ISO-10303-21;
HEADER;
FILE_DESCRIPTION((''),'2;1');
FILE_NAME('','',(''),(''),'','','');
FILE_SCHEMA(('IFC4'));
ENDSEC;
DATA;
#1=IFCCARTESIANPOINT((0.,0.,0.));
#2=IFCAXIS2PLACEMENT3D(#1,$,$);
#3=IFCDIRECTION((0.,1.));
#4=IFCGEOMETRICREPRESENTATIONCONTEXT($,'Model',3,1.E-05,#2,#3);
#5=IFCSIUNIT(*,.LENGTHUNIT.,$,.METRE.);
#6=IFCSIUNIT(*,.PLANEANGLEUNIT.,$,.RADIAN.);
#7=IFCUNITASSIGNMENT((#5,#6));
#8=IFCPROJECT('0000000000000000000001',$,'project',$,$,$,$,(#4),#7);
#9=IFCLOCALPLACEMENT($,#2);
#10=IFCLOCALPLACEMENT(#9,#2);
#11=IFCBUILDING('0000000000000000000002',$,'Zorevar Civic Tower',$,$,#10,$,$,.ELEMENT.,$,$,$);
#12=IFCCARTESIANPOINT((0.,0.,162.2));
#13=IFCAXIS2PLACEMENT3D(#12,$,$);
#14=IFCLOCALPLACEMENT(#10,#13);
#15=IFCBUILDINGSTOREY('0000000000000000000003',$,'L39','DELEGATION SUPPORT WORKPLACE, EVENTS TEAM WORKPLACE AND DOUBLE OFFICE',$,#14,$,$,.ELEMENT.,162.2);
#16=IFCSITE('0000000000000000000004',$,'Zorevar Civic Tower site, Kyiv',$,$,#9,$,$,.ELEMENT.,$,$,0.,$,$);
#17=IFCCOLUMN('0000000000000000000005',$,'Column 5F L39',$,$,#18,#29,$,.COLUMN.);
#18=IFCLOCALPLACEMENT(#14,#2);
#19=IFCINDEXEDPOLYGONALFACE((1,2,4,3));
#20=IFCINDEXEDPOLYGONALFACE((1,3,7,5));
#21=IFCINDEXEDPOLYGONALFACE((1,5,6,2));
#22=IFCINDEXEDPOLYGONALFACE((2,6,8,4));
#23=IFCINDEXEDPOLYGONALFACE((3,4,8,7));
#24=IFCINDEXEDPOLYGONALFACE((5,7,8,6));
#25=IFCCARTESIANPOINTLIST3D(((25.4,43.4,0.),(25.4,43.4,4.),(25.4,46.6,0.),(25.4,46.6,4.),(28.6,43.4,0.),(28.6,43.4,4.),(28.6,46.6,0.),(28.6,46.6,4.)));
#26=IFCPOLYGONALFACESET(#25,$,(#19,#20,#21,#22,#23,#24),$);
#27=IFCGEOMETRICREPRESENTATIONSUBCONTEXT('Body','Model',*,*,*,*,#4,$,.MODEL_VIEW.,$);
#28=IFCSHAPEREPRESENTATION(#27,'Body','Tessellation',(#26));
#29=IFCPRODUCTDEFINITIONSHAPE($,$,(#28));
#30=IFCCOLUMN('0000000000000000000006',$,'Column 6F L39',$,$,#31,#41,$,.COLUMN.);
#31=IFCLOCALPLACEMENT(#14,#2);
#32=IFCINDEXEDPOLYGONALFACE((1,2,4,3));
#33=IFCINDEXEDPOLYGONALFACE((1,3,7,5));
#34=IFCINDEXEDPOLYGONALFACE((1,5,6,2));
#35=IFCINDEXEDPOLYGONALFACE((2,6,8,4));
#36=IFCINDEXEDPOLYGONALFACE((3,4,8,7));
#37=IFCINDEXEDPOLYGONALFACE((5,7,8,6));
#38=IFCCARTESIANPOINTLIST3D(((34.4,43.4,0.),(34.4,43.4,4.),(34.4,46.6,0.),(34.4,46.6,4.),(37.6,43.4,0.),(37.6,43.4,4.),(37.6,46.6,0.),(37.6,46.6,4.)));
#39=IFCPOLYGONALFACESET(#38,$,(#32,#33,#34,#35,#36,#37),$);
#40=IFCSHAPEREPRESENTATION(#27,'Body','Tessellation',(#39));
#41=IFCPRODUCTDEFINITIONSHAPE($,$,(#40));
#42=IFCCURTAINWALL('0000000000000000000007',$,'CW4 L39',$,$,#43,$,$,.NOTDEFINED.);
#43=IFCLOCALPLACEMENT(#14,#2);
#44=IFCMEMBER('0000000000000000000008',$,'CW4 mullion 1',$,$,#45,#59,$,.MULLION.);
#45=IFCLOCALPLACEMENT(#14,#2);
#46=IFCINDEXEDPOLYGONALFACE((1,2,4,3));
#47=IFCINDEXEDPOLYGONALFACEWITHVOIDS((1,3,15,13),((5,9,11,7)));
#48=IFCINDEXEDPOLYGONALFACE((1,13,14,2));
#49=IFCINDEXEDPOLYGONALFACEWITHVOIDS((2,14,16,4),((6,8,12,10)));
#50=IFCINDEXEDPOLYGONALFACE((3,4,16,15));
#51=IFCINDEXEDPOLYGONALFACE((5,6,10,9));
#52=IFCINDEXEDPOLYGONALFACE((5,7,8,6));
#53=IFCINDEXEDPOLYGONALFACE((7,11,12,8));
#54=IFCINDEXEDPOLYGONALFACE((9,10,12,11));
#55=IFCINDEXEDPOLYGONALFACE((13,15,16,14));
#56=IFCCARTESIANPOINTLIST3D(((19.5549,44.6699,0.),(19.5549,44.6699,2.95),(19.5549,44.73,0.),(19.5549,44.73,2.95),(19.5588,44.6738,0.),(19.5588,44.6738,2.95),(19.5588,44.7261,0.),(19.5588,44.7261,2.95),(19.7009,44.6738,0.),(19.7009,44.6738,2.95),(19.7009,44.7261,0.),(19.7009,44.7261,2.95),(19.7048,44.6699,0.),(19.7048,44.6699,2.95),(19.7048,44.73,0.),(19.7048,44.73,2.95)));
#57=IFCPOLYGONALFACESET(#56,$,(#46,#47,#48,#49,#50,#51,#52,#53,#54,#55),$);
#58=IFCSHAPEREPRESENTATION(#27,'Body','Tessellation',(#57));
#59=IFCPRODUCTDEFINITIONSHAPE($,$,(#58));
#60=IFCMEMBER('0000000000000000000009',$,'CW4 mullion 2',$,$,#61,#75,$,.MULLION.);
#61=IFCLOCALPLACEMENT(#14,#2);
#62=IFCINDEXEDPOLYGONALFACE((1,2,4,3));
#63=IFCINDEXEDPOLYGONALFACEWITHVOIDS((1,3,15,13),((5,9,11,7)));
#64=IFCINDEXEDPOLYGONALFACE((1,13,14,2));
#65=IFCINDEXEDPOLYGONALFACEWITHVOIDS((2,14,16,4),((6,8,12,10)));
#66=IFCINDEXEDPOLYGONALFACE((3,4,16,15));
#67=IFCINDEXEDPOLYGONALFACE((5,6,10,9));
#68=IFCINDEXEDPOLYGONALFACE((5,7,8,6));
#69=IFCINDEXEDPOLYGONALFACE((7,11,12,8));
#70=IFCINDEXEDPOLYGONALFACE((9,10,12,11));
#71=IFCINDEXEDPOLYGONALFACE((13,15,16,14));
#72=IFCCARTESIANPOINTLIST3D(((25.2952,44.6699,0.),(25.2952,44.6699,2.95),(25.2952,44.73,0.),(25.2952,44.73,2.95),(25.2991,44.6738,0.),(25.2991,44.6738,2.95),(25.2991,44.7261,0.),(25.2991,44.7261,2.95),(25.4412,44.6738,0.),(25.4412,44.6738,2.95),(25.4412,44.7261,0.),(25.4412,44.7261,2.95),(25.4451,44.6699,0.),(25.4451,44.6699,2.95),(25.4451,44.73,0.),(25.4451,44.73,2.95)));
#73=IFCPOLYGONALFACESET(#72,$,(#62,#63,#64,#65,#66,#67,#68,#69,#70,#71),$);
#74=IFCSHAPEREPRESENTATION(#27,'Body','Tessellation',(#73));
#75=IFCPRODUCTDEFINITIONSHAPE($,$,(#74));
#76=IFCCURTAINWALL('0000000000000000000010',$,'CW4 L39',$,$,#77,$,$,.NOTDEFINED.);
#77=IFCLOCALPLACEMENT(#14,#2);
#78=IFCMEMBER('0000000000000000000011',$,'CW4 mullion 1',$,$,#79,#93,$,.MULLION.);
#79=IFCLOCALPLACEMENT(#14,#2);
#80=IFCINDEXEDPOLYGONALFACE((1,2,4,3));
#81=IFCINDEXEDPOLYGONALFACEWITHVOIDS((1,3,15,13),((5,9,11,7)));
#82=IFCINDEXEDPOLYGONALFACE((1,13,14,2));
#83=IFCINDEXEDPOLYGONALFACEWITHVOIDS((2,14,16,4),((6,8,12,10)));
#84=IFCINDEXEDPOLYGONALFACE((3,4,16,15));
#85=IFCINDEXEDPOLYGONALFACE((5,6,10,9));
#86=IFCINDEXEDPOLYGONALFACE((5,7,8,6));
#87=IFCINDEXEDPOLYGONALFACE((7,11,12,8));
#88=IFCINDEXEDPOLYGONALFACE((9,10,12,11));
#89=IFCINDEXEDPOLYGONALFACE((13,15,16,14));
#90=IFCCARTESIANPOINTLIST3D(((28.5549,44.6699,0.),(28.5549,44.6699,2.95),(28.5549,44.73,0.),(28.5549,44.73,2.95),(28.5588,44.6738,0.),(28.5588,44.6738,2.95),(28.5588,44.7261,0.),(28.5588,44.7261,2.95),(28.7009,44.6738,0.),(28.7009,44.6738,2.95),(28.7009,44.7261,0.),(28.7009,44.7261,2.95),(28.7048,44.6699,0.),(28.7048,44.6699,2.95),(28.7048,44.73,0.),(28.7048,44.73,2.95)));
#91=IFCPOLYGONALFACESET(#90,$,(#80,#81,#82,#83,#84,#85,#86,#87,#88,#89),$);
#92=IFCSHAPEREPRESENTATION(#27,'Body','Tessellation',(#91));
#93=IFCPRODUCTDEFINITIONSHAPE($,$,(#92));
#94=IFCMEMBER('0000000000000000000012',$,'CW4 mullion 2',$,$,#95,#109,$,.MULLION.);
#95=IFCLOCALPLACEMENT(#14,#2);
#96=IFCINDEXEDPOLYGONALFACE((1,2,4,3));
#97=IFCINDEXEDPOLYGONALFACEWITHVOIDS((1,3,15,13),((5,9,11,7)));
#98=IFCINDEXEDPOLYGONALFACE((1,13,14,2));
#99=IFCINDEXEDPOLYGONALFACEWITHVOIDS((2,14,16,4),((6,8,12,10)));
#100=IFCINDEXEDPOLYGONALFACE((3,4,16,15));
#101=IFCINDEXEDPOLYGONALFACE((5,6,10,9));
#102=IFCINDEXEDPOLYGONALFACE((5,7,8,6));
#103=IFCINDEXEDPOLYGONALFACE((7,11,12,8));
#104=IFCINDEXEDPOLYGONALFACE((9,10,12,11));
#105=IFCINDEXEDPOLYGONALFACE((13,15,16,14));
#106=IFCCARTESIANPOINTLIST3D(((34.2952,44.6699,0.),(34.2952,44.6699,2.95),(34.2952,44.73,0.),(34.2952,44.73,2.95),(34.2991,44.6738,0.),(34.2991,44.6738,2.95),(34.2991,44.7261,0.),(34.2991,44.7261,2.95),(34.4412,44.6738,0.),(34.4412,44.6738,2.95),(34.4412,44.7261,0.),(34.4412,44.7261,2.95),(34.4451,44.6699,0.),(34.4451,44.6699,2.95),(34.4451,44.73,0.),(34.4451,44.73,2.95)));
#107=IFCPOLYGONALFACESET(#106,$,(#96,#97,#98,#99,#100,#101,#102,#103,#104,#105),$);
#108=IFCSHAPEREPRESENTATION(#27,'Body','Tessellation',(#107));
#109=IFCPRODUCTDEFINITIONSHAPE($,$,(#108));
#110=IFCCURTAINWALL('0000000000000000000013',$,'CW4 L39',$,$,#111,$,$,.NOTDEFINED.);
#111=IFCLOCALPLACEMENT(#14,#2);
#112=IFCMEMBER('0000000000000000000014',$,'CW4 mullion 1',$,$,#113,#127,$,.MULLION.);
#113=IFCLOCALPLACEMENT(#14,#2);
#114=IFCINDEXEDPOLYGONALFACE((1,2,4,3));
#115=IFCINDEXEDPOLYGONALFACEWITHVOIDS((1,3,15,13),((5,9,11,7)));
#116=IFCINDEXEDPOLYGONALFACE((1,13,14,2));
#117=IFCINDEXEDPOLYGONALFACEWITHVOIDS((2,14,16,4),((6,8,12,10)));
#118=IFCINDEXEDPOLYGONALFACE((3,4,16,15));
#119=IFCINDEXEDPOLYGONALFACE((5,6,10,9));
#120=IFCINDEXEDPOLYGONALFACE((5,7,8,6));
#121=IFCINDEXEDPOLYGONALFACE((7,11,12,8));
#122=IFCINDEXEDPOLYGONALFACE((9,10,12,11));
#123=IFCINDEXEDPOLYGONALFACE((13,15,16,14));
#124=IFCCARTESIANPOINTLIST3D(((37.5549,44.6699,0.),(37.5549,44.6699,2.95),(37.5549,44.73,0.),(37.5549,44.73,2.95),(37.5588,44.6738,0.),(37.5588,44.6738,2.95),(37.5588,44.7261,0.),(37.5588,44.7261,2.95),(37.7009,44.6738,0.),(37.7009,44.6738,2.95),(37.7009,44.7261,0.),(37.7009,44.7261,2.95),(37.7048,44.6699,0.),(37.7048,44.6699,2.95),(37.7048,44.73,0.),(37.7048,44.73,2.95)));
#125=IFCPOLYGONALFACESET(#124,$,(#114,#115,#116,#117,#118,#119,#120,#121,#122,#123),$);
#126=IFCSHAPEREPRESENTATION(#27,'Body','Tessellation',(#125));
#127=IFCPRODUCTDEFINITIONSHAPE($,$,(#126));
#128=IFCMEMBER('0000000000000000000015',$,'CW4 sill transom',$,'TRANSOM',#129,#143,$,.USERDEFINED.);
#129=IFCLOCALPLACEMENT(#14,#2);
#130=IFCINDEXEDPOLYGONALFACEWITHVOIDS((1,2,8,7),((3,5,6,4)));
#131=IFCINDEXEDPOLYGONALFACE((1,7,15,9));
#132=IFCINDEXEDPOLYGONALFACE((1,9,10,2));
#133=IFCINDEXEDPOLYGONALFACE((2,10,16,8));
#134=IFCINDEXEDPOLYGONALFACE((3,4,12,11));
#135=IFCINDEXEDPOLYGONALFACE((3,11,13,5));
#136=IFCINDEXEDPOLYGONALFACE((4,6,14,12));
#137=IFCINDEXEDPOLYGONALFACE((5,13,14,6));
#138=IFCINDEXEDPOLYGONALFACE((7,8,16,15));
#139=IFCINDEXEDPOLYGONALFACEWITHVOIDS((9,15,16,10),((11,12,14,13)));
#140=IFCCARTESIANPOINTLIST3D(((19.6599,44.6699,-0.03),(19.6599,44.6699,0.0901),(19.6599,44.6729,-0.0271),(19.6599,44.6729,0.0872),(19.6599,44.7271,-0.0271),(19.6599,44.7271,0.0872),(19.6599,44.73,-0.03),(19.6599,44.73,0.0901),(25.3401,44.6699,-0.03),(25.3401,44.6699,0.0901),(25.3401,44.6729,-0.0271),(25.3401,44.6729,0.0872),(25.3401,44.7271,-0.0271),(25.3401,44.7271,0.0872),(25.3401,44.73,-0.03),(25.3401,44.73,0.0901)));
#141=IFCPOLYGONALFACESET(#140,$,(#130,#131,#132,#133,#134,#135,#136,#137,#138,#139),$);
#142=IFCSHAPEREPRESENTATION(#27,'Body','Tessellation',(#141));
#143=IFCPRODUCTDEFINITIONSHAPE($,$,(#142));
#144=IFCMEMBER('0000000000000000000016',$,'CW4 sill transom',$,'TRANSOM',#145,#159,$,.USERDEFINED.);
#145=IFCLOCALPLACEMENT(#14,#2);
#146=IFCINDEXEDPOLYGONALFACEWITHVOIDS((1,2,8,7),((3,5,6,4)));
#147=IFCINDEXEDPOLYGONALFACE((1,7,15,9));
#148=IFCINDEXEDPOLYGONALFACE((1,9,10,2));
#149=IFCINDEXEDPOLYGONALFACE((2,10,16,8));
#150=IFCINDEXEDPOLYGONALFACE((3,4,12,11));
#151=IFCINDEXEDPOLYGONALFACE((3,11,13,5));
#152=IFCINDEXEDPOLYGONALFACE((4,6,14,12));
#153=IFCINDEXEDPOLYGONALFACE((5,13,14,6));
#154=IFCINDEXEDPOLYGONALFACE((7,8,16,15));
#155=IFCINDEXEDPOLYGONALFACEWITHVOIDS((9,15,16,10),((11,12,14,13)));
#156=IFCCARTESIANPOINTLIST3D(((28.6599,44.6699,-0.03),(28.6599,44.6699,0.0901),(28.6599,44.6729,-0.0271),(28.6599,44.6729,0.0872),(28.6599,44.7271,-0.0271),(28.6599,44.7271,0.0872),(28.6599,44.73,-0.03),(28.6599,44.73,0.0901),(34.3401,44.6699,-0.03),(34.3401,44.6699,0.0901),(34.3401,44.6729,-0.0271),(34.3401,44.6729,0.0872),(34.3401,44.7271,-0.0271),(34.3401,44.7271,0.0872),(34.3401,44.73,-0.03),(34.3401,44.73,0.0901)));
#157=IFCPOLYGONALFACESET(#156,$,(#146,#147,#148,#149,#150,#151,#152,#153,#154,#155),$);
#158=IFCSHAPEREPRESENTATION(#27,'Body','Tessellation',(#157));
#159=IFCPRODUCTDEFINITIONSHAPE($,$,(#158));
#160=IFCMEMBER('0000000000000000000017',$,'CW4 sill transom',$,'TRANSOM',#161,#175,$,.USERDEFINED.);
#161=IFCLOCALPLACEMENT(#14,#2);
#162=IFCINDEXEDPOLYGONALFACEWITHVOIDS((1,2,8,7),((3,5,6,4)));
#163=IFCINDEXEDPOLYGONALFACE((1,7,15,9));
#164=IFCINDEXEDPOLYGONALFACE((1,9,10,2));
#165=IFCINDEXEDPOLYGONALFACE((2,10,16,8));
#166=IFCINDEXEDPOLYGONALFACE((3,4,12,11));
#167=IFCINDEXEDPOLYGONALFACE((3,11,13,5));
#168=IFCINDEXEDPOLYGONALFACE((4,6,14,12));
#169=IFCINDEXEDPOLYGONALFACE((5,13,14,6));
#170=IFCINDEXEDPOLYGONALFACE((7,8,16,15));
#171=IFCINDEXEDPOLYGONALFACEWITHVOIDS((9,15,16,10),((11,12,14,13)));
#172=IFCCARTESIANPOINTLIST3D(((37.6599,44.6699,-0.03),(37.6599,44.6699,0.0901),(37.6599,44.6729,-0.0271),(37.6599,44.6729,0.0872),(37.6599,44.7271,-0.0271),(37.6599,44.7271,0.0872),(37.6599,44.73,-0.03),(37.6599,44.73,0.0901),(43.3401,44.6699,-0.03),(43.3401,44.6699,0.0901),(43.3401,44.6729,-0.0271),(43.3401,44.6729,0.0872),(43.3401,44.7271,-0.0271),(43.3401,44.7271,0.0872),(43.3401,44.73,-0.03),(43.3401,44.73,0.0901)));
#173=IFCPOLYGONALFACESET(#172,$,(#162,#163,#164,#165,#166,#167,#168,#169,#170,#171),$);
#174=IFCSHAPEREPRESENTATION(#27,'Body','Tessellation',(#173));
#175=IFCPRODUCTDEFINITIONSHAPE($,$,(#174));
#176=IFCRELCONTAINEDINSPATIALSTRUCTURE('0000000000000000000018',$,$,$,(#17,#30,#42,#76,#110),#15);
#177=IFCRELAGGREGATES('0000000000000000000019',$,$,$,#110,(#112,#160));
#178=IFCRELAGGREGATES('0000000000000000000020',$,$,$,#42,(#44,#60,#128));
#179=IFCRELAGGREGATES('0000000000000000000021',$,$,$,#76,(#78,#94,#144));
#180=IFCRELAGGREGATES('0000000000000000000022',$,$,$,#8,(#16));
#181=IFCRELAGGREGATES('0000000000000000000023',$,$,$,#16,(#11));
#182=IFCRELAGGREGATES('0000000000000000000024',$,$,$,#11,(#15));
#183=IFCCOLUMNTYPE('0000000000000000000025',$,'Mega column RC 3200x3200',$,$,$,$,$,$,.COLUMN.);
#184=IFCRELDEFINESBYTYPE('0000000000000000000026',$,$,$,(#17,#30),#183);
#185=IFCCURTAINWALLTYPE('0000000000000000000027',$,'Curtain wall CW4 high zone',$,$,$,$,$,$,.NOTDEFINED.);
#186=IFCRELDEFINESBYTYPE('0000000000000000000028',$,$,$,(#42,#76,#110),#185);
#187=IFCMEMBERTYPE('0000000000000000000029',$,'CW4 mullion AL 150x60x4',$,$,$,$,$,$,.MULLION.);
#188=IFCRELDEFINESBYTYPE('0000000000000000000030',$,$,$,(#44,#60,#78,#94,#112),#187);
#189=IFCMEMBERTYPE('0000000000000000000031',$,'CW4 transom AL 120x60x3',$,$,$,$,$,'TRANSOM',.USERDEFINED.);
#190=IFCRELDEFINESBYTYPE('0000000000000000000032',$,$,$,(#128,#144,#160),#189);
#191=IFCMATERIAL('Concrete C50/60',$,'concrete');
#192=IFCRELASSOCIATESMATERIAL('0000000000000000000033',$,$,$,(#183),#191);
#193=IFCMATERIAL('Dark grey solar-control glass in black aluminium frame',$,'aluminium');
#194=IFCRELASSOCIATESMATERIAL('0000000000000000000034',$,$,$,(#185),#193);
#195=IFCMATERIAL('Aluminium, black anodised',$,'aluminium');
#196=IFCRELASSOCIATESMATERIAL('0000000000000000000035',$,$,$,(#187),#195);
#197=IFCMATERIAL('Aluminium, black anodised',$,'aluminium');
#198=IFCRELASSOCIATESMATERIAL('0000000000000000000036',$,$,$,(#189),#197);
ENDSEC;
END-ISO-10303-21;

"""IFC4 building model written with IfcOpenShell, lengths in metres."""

from ifc_helpers import new_model, si_unit, direction, frame, origin, origin_2d, place, context, subcontext, project, spatial, rectangle, hollow_rectangle, extrude, material, material_profile, profile_set, type_object, element, aggregate, save


model = new_model("IFC4")

# Units and contexts
model_context = context("Model", 3, precision=1e-05, world=origin(), true_north=direction((0.0, 1.0)))
body_context = subcontext(model_context, "Body", "Model", "MODEL_VIEW")
ifc_project = project(units=[si_unit("LENGTHUNIT", "METRE"), si_unit("PLANEANGLEUNIT", "RADIAN")], contexts=[model_context])

# Site, building, storey
site_placement = place(None, origin())
site = spatial("IfcSite", under=ifc_project, at=site_placement, Name="Zorevar Civic Tower site, Kyiv", CompositionType="ELEMENT", RefElevation=0.0)
building_placement = place(site_placement, origin())
building = spatial("IfcBuilding", under=site, at=building_placement, Name="Zorevar Civic Tower", CompositionType="ELEMENT")
storey_placement = place(building_placement, frame((0.0, 0.0, 162.2)))
storey = spatial("IfcBuildingStorey", under=building, at=storey_placement, Name="L39", Description="DELEGATION SUPPORT WORKPLACE, EVENTS TEAM WORKPLACE AND DOUBLE OFFICE", CompositionType="ELEMENT", Elevation=162.2)

# Columns
ifc_material_1 = material(Name="Concrete C50/60", Category="concrete")
ifc_material_profile_1 = material_profile(ifc_material_1, rectangle(XDim=3.2, YDim=3.2, at=origin_2d()), Name="RC 3200x3200")
ifc_profile_set_1 = profile_set([ifc_material_profile_1], Name="Concrete C50/60")
column_type = type_object("IfcColumnType", Name="Mega column RC 3200x3200", PredefinedType="COLUMN", material=ifc_profile_set_1)
for number, where, z_axis, x_axis, name in (
    (1, (27.0, 45.0, 0.0), (0.0, 0.0, 1.0), (1.0, 0.0, 0.0), "Column 5F L39"),
    (2, (36.0, 45.0, 0.0), (0.0, 0.0, 1.0), (1.0, 0.0, 0.0), "Column 6F L39"),
):
    element("IfcColumn", number, at=place(storey_placement, frame(where, z_axis=z_axis, x_axis=x_axis)), inside=storey, type_object=column_type, Name=name, PredefinedType="COLUMN", context=body_context, shape_type="SweptSolid", body=[
        extrude(rectangle(XDim=3.2, YDim=3.2, at=origin_2d()), origin(), (0.0, 0.0, 1.0), 4.0),
    ])

# Curtain walls, members
ifc_material_2 = material(Name="Dark grey solar-control glass in black aluminium frame", Category="aluminium")
curtain_wall_type = type_object("IfcCurtainWallType", Name="Curtain wall CW4 high zone", PredefinedType="NOTDEFINED", material=ifc_material_2)
curtain_wall_1_placement = place(storey_placement, origin())
curtain_wall_1 = element("IfcCurtainWall", 3, at=curtain_wall_1_placement, inside=storey, type_object=curtain_wall_type, Name="CW4 L39", PredefinedType="NOTDEFINED")
ifc_material_3 = material(Name="Aluminium, black anodised", Category="aluminium")
ifc_material_profile_2 = material_profile(ifc_material_3, hollow_rectangle(XDim=0.0601, YDim=0.1499, WallThickness=0.0039, at=origin_2d()), Name="AL 150x60x4")
ifc_profile_set_2 = profile_set([ifc_material_profile_2], Name="Aluminium, black anodised")
member_type_1 = type_object("IfcMemberType", Name="CW4 mullion AL 150x60x4", PredefinedType="MULLION", material=ifc_profile_set_2)
member_1_placement = place(storey_placement, frame((19.6299, 44.7, 0.0), z_axis=(0.0, 0.0, 1.0), x_axis=(0.0, 1.0, 0.0)))
member_1 = element("IfcMember", 4, at=member_1_placement, type_object=member_type_1, Name="CW4 mullion 1", PredefinedType="MULLION", context=body_context, shape_type="SweptSolid", body=[
    extrude(hollow_rectangle(XDim=0.0601, YDim=0.1499, WallThickness=0.0039, at=origin_2d()), origin(), (0.0, 0.0, 1.0), 2.95),
])
member_2_placement = place(storey_placement, frame((25.3701, 44.7, 0.0), z_axis=(0.0, 0.0, 1.0), x_axis=(0.0, 1.0, 0.0)))
member_2 = element("IfcMember", 5, at=member_2_placement, type_object=member_type_1, Name="CW4 mullion 2", PredefinedType="MULLION", context=body_context, shape_type="SweptSolid", body=[
    extrude(hollow_rectangle(XDim=0.0601, YDim=0.1499, WallThickness=0.0039, at=origin_2d()), origin(), (0.0, 0.0, 1.0), 2.95),
])
curtain_wall_2_placement = place(storey_placement, origin())
curtain_wall_2 = element("IfcCurtainWall", 6, at=curtain_wall_2_placement, inside=storey, type_object=curtain_wall_type, Name="CW4 L39", PredefinedType="NOTDEFINED")
member_3_placement = place(storey_placement, frame((28.6299, 44.7, 0.0), z_axis=(0.0, 0.0, 1.0), x_axis=(0.0, 1.0, 0.0)))
member_3 = element("IfcMember", 7, at=member_3_placement, type_object=member_type_1, Name="CW4 mullion 1", PredefinedType="MULLION", context=body_context, shape_type="SweptSolid", body=[
    extrude(hollow_rectangle(XDim=0.0601, YDim=0.1499, WallThickness=0.0039, at=origin_2d()), origin(), (0.0, 0.0, 1.0), 2.95),
])
member_4_placement = place(storey_placement, frame((34.3701, 44.7, 0.0), z_axis=(0.0, 0.0, 1.0), x_axis=(0.0, 1.0, 0.0)))
member_4 = element("IfcMember", 8, at=member_4_placement, type_object=member_type_1, Name="CW4 mullion 2", PredefinedType="MULLION", context=body_context, shape_type="SweptSolid", body=[
    extrude(hollow_rectangle(XDim=0.0601, YDim=0.1499, WallThickness=0.0039, at=origin_2d()), origin(), (0.0, 0.0, 1.0), 2.95),
])

# Curtain wall, member
curtain_wall_3_placement = place(storey_placement, origin())
curtain_wall_3 = element("IfcCurtainWall", 9, at=curtain_wall_3_placement, inside=storey, type_object=curtain_wall_type, Name="CW4 L39", PredefinedType="NOTDEFINED")
member_5_placement = place(storey_placement, frame((37.6299, 44.7, 0.0), z_axis=(0.0, 0.0, 1.0), x_axis=(0.0, 1.0, 0.0)))
member_5 = element("IfcMember", 10, at=member_5_placement, type_object=member_type_1, Name="CW4 mullion 1", PredefinedType="MULLION", context=body_context, shape_type="SweptSolid", body=[
    extrude(hollow_rectangle(XDim=0.0601, YDim=0.1499, WallThickness=0.0039, at=origin_2d()), origin(), (0.0, 0.0, 1.0), 2.95),
])

# Members
ifc_material_4 = material(Name="Aluminium, black anodised", Category="aluminium")
ifc_material_profile_3 = material_profile(ifc_material_4, hollow_rectangle(XDim=0.0601, YDim=0.1201, WallThickness=0.0029, at=origin_2d()), Name="AL 120x60x3")
ifc_profile_set_3 = profile_set([ifc_material_profile_3], Name="Aluminium, black anodised")
member_type_2 = type_object("IfcMemberType", Name="CW4 transom AL 120x60x3", ElementType="TRANSOM", PredefinedType="USERDEFINED", material=ifc_profile_set_3)
member_6_placement = place(storey_placement, frame((19.6599, 44.7, 0.03), z_axis=(1.0, 0.0, 0.0), x_axis=(0.0, 1.0, 0.0)))
member_6 = element("IfcMember", 11, at=member_6_placement, type_object=member_type_2, Name="CW4 sill transom", ObjectType="TRANSOM", PredefinedType="USERDEFINED", context=body_context, shape_type="SweptSolid", body=[
    extrude(hollow_rectangle(XDim=0.0601, YDim=0.1201, WallThickness=0.0029, at=origin_2d()), origin(), (0.0, 0.0, 1.0), 5.6802),
])
member_7_placement = place(storey_placement, frame((28.6599, 44.7, 0.03), z_axis=(1.0, 0.0, 0.0), x_axis=(0.0, 1.0, 0.0)))
member_7 = element("IfcMember", 12, at=member_7_placement, type_object=member_type_2, Name="CW4 sill transom", ObjectType="TRANSOM", PredefinedType="USERDEFINED", context=body_context, shape_type="SweptSolid", body=[
    extrude(hollow_rectangle(XDim=0.0601, YDim=0.1201, WallThickness=0.0029, at=origin_2d()), origin(), (0.0, 0.0, 1.0), 5.6802),
])
member_8_placement = place(storey_placement, frame((37.6599, 44.7, 0.03), z_axis=(1.0, 0.0, 0.0), x_axis=(0.0, 1.0, 0.0)))
member_8 = element("IfcMember", 13, at=member_8_placement, type_object=member_type_2, Name="CW4 sill transom", ObjectType="TRANSOM", PredefinedType="USERDEFINED", context=body_context, shape_type="SweptSolid", body=[
    extrude(hollow_rectangle(XDim=0.0601, YDim=0.1201, WallThickness=0.0029, at=origin_2d()), origin(), (0.0, 0.0, 1.0), 5.6802),
])
aggregate(curtain_wall_3, [member_5, member_8])

aggregate(curtain_wall_1, [member_1, member_2, member_6])
aggregate(curtain_wall_2, [member_3, member_4, member_7])

save(model, "model.ifc")
